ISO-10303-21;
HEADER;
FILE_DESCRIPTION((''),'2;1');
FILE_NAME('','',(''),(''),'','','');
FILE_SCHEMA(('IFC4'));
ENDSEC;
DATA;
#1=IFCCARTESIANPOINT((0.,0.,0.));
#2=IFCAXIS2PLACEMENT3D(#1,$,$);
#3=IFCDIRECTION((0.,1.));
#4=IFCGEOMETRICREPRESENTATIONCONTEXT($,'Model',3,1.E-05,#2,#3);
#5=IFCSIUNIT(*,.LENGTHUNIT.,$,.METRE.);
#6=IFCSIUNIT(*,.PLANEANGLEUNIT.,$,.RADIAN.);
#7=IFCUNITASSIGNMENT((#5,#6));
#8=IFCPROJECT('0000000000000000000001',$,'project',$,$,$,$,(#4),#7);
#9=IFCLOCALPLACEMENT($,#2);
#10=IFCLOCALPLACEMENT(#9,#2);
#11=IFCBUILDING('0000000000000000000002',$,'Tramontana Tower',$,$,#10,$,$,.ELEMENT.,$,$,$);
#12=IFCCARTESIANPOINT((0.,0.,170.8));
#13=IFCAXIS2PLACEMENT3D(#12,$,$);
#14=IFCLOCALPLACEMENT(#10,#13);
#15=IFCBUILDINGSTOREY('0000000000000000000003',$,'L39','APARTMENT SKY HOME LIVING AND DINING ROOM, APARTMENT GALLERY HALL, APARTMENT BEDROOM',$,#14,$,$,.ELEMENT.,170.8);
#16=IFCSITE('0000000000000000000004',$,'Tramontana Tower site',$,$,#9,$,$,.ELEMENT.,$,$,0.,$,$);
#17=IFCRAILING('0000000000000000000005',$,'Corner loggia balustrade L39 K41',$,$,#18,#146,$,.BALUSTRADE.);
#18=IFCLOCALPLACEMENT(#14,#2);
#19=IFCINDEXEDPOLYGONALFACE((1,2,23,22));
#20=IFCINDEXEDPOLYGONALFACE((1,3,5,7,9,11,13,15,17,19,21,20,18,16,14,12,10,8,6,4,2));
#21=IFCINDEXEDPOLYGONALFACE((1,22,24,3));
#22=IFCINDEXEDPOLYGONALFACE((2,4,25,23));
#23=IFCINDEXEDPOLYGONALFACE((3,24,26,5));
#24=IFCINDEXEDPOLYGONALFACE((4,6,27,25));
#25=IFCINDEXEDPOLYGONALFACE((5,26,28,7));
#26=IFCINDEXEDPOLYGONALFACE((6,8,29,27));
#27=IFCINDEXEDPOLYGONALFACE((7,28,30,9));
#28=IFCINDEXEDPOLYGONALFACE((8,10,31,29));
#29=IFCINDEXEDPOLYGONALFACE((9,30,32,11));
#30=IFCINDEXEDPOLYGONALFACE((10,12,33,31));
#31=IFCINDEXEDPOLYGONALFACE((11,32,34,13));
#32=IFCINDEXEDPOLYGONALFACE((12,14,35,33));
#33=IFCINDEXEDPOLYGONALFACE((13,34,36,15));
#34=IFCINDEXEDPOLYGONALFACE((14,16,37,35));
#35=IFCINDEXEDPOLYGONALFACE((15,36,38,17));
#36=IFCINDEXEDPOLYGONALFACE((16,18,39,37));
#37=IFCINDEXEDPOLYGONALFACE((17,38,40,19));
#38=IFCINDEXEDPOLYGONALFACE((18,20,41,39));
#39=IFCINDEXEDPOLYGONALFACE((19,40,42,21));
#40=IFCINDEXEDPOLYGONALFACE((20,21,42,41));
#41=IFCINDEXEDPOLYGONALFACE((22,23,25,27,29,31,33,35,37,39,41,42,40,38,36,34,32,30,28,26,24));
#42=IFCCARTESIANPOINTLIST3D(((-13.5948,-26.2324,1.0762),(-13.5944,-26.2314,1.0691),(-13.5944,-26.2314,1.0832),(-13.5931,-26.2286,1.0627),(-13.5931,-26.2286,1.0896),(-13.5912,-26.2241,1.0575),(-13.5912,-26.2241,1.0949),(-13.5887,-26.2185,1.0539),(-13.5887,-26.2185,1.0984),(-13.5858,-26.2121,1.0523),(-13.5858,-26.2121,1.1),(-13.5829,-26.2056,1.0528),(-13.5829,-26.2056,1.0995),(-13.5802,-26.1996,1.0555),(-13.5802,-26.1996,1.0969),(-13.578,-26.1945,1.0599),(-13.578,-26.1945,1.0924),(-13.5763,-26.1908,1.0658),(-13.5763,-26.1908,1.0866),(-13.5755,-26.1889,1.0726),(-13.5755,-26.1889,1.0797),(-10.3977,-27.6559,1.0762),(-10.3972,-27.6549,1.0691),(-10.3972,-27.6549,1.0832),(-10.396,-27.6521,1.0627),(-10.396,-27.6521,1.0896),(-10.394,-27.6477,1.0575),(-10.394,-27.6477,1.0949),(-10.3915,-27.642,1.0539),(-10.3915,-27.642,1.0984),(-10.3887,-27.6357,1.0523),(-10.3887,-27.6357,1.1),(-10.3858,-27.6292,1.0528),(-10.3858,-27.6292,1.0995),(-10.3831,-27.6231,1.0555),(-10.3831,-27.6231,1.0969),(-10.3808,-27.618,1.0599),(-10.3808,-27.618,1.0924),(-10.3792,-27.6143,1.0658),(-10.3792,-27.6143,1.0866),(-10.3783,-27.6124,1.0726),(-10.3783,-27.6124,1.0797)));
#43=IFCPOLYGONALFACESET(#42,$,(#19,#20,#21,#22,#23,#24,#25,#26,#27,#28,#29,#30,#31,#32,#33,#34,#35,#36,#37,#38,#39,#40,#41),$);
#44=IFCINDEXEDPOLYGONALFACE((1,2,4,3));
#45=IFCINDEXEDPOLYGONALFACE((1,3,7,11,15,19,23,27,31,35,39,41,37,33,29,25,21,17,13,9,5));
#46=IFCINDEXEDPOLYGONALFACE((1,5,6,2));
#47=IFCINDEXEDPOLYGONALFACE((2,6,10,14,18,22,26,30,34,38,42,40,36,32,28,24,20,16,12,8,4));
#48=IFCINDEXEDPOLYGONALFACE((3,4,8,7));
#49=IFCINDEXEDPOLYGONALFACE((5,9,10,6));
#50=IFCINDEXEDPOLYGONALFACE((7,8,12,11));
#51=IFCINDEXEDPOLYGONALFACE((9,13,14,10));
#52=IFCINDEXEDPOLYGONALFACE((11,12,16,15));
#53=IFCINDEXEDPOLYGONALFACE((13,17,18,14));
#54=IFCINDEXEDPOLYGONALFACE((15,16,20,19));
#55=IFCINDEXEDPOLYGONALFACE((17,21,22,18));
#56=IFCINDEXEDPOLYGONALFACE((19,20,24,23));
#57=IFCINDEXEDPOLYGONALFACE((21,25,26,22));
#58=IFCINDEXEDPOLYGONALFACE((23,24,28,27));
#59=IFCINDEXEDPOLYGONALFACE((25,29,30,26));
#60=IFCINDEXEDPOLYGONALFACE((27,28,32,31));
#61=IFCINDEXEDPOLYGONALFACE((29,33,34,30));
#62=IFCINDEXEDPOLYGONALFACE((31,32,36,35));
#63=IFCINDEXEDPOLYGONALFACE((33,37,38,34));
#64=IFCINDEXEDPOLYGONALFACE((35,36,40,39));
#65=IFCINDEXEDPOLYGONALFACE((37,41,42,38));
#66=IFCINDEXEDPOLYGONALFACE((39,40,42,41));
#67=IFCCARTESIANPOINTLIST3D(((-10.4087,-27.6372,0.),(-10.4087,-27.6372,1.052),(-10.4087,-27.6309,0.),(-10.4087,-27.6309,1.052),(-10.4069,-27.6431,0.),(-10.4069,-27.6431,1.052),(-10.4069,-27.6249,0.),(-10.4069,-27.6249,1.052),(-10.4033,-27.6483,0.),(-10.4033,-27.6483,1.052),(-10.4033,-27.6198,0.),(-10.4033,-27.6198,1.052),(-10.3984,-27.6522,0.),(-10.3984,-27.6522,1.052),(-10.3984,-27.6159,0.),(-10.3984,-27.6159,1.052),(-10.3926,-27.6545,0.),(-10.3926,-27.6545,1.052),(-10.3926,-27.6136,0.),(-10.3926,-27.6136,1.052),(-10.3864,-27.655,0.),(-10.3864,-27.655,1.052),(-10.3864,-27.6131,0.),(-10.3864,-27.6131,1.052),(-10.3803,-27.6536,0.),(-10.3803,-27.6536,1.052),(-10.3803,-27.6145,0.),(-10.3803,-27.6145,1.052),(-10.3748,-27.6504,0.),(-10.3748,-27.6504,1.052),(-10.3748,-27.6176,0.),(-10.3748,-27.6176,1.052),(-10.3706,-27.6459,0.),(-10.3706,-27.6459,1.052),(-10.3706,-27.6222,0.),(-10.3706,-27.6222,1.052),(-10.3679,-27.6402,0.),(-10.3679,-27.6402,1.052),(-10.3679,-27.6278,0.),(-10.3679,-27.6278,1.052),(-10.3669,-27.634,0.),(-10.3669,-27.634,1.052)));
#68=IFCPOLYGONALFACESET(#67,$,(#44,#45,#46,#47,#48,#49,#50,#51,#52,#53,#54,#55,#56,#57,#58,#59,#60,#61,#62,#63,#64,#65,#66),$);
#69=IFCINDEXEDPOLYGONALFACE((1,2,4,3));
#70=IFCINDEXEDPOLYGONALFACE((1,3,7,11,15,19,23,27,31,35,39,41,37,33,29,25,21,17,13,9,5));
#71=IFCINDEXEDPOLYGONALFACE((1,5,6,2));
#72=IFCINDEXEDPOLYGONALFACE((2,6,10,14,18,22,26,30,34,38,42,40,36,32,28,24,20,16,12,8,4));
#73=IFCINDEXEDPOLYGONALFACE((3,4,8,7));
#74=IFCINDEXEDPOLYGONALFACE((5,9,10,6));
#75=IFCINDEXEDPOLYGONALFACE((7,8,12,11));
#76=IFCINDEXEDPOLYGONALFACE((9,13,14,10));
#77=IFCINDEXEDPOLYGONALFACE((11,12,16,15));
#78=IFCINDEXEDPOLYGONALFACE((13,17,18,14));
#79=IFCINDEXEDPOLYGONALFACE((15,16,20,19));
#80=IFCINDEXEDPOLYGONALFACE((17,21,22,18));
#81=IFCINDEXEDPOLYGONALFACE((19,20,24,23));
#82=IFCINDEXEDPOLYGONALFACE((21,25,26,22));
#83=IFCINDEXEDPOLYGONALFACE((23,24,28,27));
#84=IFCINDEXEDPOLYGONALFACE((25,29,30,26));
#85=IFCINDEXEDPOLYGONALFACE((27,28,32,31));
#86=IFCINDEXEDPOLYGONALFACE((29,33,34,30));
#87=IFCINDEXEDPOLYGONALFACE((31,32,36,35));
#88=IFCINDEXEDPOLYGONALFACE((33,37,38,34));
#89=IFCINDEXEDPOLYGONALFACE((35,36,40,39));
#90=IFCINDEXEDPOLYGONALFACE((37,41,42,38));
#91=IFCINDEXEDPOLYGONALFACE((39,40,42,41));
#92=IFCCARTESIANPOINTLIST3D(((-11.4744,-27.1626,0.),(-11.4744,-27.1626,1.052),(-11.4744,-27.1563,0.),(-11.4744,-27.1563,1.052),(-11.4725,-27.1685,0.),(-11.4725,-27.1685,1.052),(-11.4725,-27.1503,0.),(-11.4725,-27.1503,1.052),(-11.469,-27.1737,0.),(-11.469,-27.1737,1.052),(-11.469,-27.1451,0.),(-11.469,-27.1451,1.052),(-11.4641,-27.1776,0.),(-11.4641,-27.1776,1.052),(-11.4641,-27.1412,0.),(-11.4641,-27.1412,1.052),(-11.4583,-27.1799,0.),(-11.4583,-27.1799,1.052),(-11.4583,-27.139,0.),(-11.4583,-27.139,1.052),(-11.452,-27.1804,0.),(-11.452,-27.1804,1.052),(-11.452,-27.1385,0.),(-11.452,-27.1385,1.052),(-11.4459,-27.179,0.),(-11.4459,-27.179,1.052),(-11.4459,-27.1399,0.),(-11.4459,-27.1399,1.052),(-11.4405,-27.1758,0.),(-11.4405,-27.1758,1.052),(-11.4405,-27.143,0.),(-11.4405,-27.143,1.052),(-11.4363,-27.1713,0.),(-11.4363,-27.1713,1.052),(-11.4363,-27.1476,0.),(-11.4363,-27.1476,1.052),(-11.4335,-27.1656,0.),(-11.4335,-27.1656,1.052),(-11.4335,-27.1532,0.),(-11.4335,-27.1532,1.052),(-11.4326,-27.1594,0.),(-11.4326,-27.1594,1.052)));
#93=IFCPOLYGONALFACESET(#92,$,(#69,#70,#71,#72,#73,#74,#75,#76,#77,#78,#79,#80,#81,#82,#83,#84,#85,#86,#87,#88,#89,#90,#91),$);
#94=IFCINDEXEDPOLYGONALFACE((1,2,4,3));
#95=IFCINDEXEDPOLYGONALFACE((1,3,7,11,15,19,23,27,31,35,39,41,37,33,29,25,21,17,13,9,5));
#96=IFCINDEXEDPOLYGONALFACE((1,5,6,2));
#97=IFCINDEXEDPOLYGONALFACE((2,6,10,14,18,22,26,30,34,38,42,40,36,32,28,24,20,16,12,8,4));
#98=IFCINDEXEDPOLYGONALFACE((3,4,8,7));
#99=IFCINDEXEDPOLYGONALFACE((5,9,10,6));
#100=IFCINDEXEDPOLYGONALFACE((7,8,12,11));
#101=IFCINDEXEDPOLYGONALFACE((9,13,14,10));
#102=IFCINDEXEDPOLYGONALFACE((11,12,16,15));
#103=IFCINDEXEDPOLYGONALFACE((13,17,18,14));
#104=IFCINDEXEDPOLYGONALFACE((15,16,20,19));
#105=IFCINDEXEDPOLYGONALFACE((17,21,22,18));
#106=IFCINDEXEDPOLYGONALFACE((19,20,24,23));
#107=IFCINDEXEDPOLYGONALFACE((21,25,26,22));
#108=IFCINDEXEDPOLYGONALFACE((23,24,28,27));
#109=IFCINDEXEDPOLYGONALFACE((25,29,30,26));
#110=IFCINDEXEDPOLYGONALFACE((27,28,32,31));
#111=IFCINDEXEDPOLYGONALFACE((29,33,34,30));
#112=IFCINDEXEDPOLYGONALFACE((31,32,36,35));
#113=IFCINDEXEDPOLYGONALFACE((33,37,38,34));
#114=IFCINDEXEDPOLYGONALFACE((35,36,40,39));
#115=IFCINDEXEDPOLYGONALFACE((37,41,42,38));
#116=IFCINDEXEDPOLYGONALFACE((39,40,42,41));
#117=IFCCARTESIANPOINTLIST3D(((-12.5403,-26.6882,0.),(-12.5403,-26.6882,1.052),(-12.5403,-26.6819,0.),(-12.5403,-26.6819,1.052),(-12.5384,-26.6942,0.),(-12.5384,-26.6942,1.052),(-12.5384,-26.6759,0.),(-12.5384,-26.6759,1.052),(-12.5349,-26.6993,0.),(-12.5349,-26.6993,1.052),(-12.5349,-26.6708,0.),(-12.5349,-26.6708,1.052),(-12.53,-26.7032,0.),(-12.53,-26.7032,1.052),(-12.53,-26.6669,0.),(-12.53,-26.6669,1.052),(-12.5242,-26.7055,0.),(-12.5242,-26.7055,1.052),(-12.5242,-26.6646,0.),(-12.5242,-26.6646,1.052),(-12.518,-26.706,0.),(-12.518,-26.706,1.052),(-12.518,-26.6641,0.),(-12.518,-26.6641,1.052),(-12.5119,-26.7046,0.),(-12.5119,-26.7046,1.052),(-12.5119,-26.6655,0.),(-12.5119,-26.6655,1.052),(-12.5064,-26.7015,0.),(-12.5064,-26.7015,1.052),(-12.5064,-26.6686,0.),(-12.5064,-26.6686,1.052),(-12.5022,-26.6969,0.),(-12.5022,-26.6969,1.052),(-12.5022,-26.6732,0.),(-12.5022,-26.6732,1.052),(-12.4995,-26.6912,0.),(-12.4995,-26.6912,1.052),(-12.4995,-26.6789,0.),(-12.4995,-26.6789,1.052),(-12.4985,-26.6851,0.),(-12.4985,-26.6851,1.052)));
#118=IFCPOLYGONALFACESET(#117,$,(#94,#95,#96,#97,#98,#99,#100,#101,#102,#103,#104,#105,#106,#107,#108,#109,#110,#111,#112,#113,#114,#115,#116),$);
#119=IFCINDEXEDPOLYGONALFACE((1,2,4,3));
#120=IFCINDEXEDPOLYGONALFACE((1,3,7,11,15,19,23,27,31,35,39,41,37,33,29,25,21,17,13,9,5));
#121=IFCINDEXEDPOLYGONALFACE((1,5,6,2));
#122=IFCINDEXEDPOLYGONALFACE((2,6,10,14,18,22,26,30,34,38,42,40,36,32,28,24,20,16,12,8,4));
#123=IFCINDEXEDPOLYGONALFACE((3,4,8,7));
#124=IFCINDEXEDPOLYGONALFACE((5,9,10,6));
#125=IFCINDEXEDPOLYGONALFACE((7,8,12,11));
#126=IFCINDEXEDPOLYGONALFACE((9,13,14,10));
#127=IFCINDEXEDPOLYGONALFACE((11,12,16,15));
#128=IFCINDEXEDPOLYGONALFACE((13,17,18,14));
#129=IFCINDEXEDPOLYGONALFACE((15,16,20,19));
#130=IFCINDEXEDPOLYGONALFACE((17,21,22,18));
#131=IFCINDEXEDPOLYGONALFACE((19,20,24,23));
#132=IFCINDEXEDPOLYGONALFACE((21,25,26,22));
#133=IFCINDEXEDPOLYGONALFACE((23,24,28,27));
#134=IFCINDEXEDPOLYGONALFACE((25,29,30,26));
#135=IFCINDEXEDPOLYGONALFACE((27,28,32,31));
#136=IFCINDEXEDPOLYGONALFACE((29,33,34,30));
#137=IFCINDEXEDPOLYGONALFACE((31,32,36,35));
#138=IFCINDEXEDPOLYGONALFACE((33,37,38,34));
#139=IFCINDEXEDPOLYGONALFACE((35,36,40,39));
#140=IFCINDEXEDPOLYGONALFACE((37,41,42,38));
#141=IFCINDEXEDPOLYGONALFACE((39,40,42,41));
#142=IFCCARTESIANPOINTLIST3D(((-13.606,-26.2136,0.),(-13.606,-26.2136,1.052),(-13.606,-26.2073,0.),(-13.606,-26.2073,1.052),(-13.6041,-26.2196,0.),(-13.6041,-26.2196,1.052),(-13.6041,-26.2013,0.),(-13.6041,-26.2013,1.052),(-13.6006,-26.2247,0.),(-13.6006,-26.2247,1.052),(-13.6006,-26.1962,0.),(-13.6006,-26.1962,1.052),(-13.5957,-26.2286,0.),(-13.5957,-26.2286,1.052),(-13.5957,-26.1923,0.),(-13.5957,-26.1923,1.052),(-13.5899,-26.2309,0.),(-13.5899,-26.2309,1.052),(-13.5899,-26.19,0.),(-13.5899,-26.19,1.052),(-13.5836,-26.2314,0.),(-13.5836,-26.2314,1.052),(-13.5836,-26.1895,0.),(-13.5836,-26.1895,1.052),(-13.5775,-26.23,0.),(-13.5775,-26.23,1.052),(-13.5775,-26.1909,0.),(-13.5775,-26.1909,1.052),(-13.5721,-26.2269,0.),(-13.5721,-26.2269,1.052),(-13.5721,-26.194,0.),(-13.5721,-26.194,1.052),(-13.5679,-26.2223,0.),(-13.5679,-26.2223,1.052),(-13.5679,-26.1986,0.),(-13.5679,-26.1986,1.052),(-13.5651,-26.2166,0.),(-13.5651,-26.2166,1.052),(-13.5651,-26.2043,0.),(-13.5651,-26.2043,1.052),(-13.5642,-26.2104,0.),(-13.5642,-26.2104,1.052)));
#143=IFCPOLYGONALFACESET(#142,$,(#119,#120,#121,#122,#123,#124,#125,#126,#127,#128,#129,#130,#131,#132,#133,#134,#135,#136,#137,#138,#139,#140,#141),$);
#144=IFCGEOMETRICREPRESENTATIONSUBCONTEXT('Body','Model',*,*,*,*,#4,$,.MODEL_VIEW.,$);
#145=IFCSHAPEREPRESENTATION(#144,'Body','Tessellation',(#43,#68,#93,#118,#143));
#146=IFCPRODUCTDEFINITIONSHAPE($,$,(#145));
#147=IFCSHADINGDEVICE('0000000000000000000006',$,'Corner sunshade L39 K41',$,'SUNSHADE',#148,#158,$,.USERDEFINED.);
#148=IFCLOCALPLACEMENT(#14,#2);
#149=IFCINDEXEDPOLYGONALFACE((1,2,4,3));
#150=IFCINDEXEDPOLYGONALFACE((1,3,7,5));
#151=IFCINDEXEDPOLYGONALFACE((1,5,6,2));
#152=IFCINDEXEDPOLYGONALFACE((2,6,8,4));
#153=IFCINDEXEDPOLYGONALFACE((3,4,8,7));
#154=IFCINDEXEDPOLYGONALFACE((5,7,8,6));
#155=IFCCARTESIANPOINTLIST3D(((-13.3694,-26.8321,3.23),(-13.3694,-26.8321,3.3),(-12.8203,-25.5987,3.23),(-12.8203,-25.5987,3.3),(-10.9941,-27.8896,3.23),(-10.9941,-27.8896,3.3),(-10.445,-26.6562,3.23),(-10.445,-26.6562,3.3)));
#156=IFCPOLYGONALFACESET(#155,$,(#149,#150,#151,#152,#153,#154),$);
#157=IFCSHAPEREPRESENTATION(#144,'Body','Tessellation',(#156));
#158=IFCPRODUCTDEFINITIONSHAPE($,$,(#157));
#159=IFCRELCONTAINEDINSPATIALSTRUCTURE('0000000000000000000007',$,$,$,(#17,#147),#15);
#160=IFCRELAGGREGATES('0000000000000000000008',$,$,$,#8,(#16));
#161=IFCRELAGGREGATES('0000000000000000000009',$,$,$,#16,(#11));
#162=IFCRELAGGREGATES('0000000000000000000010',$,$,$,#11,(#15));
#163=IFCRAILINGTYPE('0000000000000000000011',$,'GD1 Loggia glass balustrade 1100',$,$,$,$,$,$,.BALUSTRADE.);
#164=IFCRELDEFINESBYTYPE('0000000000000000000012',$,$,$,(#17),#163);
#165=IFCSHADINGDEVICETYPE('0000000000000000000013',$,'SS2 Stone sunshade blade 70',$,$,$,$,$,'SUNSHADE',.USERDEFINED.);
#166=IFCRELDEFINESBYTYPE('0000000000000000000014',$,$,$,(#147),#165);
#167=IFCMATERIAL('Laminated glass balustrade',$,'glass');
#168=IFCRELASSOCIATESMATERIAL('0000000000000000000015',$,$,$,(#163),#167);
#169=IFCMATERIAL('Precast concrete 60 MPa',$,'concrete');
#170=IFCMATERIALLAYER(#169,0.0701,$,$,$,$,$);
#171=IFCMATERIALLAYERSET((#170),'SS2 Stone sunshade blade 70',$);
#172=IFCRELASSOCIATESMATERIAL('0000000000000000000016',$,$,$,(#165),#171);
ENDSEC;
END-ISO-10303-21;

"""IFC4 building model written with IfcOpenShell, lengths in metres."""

from ifc_helpers import new_model, si_unit, direction, frame, origin, origin_2d, place, context, subcontext, project, spatial, rectangle, circle, extrude, material, layer, layer_set, type_object, element, save


model = new_model("IFC4")

# Units and contexts
model_context = context("Model", 3, precision=1e-05, world=origin(), true_north=direction((0.0, 1.0)))
body_context = subcontext(model_context, "Body", "Model", "MODEL_VIEW")
ifc_project = project(units=[si_unit("LENGTHUNIT", "METRE"), si_unit("PLANEANGLEUNIT", "RADIAN")], contexts=[model_context])

# Site, building, storey
site_placement = place(None, origin())
site = spatial("IfcSite", under=ifc_project, at=site_placement, Name="Tramontana Tower site", CompositionType="ELEMENT", RefElevation=0.0)
building_placement = place(site_placement, origin())
building = spatial("IfcBuilding", under=site, at=building_placement, Name="Tramontana Tower", CompositionType="ELEMENT")
storey_placement = place(building_placement, frame((0.0, 0.0, 170.8)))
storey = spatial("IfcBuildingStorey", under=building, at=storey_placement, Name="L39", Description="APARTMENT SKY HOME LIVING AND DINING ROOM, APARTMENT GALLERY HALL, APARTMENT BEDROOM", CompositionType="ELEMENT", Elevation=170.8)

# Railing
ifc_material_1 = material(Name="Laminated glass balustrade", Category="glass")
railing_type = type_object("IfcRailingType", Name="GD1 Loggia glass balustrade 1100", PredefinedType="BALUSTRADE", material=ifc_material_1)
railing_placement = place(storey_placement, frame((-10.3879, -27.634, 0.0)))
element("IfcRailing", 1, at=railing_placement, inside=storey, type_object=railing_type, Name="Corner loggia balustrade L39 K41", PredefinedType="BALUSTRADE", context=body_context, shape_type="SweptSolid", body=[
    extrude(circle(Radius=0.0239, at=origin_2d()), frame((0.0, 0.0, 1.0762), z_axis=(-0.913538, 0.406753, 0.0), x_axis=(-0.406753, -0.913538, 0.0)), (0.0, 0.0, 1.0), 3.4998),
    extrude(circle(Radius=0.021, at=origin_2d()), origin(), (0.0, 0.0, 1.0), 1.052),
    extrude(circle(Radius=0.021, at=origin_2d()), frame((-1.0657, 0.4746, 0.0)), (0.0, 0.0, 1.0), 1.052),
    extrude(circle(Radius=0.021, at=origin_2d()), frame((-2.1316, 0.949, 0.0)), (0.0, 0.0, 1.0), 1.052),
    extrude(circle(Radius=0.021, at=origin_2d()), frame((-3.1973, 1.4236, 0.0)), (0.0, 0.0, 1.0), 1.052),
])

# Shading device
ifc_material_2 = material(Name="Precast concrete 60 MPa", Category="concrete")
ifc_layer_1 = layer(ifc_material_2, 0.0701)
ifc_layer_set_1 = layer_set([ifc_layer_1], Name="SS2 Stone sunshade blade 70")
shading_device_type = type_object("IfcShadingDeviceType", Name="SS2 Stone sunshade blade 70", ElementType="SUNSHADE", PredefinedType="USERDEFINED", material=ifc_layer_set_1)
shading_device_placement = place(storey_placement, frame((-11.9072, -26.7441, 3.23), z_axis=(0.0, 0.0, 1.0), x_axis=(-0.913545, 0.406737, 0.0)))
element("IfcShadingDevice", 2, at=shading_device_placement, inside=storey, type_object=shading_device_type, Name="Corner sunshade L39 K41", ObjectType="SUNSHADE", PredefinedType="USERDEFINED", context=body_context, shape_type="SweptSolid", body=[
    extrude(rectangle(XDim=2.6001, YDim=1.3501, at=origin_2d()), origin(), (0.0, 0.0, 1.0), 0.0701),
])

save(model, "model.ifc")
